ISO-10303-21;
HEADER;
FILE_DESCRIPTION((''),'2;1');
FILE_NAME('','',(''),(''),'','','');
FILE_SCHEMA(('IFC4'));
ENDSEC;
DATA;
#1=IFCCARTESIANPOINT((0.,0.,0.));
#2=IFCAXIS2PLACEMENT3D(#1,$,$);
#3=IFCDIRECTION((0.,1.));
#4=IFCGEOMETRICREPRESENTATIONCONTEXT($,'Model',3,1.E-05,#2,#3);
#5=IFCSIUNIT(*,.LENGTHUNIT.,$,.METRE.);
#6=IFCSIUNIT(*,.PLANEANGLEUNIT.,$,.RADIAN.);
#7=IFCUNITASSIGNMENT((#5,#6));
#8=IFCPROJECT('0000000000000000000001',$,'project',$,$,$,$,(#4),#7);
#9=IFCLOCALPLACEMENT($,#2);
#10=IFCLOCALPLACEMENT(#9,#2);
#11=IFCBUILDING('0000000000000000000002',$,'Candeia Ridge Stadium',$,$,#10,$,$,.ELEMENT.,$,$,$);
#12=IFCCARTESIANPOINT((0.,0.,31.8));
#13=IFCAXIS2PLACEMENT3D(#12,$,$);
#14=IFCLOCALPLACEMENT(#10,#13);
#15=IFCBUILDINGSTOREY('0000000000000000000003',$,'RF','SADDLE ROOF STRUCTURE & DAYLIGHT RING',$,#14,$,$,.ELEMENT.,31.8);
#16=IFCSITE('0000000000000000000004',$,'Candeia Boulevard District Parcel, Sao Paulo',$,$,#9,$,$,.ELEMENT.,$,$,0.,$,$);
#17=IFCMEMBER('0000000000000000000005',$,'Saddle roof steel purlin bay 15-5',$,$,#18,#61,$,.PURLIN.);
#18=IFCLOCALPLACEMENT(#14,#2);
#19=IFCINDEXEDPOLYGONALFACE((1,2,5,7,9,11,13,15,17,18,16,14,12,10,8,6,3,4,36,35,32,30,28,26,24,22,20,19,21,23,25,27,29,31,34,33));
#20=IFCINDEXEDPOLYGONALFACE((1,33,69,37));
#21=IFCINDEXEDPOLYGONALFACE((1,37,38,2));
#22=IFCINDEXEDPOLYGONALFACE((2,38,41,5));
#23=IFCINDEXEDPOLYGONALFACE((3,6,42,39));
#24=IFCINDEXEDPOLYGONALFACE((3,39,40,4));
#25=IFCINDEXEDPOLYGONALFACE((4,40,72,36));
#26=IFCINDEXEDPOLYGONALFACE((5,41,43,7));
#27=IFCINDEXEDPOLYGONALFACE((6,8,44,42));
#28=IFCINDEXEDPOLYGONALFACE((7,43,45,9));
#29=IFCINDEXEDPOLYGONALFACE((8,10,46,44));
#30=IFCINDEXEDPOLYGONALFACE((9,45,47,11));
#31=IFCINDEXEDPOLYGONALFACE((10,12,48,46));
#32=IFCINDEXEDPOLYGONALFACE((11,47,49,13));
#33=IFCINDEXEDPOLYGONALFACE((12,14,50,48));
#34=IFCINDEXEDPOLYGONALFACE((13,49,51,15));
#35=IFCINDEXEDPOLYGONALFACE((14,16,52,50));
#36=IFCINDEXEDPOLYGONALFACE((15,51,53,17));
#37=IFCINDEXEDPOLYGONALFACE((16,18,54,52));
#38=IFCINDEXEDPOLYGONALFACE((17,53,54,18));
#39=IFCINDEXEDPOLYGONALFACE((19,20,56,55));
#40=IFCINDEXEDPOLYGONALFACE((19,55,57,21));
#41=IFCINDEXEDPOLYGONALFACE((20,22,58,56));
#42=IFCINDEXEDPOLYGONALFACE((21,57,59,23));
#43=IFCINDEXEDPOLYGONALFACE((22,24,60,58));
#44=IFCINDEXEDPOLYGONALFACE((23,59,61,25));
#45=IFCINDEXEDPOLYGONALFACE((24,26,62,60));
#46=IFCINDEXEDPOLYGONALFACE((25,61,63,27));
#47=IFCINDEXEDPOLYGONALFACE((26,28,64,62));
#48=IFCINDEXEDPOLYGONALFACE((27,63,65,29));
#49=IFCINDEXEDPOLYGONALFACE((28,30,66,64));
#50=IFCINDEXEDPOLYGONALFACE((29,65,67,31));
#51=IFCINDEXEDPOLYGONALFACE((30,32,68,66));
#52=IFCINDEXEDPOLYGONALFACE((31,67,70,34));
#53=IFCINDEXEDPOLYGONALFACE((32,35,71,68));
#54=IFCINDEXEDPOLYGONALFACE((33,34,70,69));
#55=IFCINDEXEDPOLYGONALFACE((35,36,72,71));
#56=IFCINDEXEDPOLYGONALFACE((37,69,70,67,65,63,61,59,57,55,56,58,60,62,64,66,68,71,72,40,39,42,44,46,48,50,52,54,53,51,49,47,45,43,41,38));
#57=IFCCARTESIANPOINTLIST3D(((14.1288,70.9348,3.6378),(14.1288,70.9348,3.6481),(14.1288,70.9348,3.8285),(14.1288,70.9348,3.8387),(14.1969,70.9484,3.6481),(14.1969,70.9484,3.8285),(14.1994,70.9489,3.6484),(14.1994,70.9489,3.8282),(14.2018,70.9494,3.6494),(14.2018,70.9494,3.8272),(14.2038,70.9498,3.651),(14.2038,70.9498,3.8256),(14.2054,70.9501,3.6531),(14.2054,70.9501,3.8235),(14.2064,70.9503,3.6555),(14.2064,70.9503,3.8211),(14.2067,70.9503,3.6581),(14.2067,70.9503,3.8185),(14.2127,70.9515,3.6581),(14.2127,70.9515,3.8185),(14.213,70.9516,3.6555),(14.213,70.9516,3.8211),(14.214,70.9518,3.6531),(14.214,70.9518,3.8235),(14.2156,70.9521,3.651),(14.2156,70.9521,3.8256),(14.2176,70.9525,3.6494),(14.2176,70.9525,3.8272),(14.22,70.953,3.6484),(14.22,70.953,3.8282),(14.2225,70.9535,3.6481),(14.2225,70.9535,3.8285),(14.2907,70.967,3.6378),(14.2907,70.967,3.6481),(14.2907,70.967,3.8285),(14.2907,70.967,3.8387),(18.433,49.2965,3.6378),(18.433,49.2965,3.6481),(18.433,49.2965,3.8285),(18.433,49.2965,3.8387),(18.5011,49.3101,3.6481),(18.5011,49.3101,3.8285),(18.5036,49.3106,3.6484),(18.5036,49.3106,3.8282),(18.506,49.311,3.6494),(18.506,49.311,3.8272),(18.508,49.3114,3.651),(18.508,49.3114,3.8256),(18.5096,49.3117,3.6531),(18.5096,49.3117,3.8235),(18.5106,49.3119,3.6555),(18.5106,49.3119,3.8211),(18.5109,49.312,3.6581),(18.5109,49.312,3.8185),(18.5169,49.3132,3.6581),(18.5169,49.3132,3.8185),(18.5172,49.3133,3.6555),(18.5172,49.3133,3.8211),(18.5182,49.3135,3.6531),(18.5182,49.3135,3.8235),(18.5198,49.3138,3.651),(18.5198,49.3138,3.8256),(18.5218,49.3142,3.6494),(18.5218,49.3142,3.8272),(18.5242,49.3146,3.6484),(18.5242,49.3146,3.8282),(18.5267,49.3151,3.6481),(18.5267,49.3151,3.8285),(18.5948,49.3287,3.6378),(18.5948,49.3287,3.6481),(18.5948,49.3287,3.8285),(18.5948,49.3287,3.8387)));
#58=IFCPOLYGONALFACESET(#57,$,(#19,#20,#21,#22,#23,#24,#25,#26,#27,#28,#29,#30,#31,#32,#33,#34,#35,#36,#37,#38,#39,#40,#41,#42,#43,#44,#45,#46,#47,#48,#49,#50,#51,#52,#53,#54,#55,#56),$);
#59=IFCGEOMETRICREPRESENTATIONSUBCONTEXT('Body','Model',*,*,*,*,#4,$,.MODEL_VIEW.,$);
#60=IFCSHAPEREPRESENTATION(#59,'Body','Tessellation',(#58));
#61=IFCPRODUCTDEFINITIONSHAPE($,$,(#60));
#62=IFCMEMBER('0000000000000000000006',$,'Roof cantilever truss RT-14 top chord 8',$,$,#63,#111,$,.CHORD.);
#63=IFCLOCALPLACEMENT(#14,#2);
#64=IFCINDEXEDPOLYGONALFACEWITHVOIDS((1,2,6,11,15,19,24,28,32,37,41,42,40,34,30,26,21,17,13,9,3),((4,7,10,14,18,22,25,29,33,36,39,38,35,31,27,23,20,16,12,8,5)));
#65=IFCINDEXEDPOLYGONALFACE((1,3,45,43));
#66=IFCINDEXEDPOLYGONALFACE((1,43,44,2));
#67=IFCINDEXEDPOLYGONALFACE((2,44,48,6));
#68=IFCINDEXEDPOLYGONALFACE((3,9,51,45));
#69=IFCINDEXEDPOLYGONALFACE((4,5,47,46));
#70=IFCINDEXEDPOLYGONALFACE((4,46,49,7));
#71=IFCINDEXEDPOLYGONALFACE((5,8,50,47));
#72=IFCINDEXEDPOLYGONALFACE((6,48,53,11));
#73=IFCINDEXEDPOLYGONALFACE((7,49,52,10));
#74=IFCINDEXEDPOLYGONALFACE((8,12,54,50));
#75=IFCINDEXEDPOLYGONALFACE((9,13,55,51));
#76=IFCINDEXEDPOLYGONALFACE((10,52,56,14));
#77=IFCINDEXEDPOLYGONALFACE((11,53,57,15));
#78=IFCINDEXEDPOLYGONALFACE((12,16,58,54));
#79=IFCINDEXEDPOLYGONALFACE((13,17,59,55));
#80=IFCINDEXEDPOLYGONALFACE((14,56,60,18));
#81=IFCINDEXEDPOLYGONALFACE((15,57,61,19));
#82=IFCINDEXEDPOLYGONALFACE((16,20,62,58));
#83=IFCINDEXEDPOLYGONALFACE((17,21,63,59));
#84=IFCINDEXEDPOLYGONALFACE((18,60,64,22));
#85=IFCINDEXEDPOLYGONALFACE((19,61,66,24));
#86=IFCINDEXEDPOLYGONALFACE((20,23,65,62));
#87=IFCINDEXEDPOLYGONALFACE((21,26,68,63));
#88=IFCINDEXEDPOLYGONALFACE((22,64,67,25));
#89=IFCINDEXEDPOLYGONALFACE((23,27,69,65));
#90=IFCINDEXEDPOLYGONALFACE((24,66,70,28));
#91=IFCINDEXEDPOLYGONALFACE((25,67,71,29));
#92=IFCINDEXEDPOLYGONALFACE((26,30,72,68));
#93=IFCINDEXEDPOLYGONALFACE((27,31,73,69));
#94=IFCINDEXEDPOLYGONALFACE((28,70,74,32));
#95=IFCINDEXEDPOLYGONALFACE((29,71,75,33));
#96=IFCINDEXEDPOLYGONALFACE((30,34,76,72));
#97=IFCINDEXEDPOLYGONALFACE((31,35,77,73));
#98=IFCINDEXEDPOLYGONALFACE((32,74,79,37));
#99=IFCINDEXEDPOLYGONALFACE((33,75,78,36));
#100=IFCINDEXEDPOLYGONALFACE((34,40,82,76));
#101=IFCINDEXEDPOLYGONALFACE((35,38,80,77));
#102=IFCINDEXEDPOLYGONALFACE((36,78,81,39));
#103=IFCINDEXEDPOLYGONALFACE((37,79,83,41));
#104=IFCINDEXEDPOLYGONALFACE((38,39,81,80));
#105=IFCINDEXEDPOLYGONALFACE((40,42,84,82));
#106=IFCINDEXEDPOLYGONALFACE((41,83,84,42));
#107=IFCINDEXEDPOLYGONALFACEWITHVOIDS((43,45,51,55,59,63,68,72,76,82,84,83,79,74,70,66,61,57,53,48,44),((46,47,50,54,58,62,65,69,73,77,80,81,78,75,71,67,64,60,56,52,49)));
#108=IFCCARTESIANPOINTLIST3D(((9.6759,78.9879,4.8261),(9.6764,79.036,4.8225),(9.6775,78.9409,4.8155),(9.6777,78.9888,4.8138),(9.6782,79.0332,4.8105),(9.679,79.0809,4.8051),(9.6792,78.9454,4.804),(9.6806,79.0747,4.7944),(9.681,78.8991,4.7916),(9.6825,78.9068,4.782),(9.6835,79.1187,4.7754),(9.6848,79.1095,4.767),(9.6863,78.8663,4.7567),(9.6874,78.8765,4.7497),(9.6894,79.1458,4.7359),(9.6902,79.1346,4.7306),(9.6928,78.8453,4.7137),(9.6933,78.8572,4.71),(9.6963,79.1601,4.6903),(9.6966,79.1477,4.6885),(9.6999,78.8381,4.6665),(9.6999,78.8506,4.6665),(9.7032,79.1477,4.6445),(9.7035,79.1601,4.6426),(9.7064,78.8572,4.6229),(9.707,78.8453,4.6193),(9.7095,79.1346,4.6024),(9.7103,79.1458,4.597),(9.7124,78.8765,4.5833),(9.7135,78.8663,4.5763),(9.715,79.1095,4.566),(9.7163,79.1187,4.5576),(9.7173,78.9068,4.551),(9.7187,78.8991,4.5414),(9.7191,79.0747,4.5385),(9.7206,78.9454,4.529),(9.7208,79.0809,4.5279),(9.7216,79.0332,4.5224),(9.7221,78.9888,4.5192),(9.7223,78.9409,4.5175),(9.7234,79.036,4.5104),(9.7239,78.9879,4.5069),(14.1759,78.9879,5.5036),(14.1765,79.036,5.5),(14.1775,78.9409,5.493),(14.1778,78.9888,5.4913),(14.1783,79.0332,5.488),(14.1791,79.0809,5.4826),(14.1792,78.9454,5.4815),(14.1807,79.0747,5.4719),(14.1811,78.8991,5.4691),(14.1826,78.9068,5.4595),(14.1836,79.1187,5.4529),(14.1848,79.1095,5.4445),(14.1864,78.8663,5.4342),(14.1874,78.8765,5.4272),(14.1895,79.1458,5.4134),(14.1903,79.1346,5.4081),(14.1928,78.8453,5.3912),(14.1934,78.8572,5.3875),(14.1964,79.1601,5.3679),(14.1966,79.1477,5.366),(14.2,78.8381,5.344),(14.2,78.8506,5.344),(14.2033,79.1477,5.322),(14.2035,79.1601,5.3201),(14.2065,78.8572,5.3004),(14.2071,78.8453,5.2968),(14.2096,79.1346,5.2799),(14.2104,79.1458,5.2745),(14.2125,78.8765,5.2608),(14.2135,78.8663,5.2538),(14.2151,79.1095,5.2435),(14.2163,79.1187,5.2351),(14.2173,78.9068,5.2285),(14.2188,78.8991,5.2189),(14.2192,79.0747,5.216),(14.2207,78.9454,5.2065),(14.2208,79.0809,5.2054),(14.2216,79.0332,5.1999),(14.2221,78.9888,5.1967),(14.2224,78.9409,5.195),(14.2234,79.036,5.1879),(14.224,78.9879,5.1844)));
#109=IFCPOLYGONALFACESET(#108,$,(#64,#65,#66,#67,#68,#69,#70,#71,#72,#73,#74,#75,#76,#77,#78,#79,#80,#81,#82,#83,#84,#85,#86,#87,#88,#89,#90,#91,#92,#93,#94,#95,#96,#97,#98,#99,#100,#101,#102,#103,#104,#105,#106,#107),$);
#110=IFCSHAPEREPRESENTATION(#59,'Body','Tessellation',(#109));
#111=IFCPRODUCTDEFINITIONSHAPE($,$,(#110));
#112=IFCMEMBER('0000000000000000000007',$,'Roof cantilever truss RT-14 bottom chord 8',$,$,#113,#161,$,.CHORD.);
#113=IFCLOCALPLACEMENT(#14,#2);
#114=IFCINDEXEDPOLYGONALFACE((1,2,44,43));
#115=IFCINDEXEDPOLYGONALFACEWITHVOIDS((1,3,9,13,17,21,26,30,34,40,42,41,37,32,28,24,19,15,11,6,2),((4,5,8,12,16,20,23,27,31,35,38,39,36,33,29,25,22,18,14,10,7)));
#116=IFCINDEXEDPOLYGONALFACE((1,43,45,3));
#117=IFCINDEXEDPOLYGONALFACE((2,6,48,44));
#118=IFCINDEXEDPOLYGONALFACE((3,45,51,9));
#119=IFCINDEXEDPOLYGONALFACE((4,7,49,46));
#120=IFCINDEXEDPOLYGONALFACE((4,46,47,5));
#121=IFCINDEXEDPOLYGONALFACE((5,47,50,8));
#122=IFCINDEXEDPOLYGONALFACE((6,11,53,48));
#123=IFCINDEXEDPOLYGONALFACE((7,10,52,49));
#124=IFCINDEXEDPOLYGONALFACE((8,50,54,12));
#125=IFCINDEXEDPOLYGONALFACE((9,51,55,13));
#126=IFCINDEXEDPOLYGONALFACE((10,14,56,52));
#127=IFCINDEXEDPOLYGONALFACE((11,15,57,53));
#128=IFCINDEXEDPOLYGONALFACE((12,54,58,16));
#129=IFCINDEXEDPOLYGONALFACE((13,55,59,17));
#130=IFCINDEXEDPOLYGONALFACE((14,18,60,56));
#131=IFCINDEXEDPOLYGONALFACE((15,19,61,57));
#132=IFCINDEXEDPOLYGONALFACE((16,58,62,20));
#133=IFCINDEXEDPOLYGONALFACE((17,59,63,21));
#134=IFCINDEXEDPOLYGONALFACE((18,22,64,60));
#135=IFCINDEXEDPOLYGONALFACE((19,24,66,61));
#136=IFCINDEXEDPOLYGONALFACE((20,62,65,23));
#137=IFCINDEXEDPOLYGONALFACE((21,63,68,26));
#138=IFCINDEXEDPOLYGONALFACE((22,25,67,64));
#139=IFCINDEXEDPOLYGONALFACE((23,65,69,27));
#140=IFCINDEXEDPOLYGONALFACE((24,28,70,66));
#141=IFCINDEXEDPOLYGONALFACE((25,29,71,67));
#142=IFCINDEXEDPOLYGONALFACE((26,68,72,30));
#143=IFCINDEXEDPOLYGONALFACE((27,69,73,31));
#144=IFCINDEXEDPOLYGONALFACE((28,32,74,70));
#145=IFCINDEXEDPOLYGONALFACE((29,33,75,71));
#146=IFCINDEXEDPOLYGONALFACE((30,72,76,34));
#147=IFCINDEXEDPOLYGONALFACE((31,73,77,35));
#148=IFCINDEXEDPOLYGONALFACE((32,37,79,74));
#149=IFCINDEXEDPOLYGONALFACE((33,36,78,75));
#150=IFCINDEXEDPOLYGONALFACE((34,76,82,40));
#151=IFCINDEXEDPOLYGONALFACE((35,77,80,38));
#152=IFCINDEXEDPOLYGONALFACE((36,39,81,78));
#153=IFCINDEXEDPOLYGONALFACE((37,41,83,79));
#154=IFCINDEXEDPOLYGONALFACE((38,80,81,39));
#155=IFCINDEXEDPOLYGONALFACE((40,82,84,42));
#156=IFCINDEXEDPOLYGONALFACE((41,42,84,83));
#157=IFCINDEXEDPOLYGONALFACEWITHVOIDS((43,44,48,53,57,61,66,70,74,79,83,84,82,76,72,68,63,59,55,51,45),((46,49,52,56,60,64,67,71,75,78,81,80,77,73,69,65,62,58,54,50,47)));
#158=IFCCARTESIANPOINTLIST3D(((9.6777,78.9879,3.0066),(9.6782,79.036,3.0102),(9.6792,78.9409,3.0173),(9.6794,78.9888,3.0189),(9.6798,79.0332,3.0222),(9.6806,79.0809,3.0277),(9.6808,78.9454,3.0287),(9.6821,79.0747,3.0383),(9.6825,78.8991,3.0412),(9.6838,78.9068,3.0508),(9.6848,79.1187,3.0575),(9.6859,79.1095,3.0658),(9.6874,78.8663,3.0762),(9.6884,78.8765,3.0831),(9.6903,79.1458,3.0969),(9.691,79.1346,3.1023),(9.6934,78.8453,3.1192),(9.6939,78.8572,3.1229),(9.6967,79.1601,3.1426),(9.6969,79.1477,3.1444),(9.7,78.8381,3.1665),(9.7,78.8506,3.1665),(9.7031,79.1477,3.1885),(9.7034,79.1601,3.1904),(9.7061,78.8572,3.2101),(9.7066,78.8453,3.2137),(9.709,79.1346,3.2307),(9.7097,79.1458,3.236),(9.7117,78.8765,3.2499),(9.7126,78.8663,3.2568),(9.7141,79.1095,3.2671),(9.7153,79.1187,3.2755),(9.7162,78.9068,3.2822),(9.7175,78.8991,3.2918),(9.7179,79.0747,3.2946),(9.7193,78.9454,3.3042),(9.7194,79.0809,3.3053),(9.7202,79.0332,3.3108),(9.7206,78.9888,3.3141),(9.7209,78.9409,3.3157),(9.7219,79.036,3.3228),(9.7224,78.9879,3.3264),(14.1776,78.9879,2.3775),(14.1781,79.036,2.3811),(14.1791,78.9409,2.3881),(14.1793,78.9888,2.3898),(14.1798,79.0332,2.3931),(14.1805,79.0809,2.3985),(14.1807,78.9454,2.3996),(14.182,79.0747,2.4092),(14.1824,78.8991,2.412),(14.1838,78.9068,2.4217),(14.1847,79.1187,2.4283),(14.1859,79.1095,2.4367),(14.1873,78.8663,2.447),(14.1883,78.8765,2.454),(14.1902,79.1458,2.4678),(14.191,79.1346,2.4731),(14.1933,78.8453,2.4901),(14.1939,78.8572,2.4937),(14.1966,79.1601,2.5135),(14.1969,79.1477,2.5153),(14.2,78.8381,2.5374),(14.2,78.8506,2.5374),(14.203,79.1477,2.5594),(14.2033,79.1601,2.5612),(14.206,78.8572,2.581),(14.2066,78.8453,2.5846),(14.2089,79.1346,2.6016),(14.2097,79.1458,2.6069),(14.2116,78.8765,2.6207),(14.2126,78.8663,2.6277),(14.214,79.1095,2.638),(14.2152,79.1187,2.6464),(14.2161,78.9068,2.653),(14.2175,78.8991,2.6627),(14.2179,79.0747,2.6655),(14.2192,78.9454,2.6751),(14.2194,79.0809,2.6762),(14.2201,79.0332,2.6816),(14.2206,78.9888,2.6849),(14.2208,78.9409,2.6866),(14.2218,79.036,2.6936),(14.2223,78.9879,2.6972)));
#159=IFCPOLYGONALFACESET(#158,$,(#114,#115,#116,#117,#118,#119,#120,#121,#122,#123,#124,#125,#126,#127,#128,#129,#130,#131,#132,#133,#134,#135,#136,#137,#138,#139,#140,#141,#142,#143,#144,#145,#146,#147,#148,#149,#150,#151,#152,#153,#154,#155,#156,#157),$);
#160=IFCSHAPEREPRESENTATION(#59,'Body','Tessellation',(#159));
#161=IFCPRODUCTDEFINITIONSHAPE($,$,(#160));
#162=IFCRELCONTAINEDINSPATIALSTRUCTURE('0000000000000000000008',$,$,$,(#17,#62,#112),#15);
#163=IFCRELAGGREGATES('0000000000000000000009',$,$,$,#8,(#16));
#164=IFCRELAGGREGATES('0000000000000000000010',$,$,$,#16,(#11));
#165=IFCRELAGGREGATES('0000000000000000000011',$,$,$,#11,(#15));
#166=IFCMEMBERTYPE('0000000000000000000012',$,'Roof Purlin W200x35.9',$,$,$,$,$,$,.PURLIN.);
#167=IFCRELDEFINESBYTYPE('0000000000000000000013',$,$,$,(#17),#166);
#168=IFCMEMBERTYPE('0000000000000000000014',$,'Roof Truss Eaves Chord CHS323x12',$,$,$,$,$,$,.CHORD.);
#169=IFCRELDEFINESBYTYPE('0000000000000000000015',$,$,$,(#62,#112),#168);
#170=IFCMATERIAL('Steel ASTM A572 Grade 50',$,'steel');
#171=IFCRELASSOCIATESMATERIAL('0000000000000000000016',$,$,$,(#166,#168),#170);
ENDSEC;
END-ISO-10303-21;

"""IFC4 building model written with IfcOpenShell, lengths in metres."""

from ifc_helpers import new_model, si_unit, direction, frame, origin, origin_2d, place, context, subcontext, project, spatial, hollow_circle, i_section, extrude, material, material_profile, profile_set, type_object, element, save


model = new_model("IFC4")

# Units and contexts
model_context = context("Model", 3, precision=1e-05, world=origin(), true_north=direction((0.0, 1.0)))
body_context = subcontext(model_context, "Body", "Model", "MODEL_VIEW")
ifc_project = project(units=[si_unit("LENGTHUNIT", "METRE"), si_unit("PLANEANGLEUNIT", "RADIAN")], contexts=[model_context])

# Site, building, storey
site_placement = place(None, origin())
site = spatial("IfcSite", under=ifc_project, at=site_placement, Name="Candeia Boulevard District Parcel, Sao Paulo", CompositionType="ELEMENT", RefElevation=0.0)
building_placement = place(site_placement, origin())
building = spatial("IfcBuilding", under=site, at=building_placement, Name="Candeia Ridge Stadium", CompositionType="ELEMENT")
storey_placement = place(building_placement, frame((0.0, 0.0, 31.8)))
storey = spatial("IfcBuildingStorey", under=building, at=storey_placement, Name="RF", Description="SADDLE ROOF STRUCTURE & DAYLIGHT RING", CompositionType="ELEMENT", Elevation=31.8)

# Shared definitions
ifc_material_1 = material(Name="Steel ASTM A572 Grade 50", Category="steel")

# Members
ifc_material_profile_1 = material_profile(ifc_material_1, i_section(OverallWidth=0.165, OverallDepth=0.2009, WebThickness=0.0061, FlangeThickness=0.0103, FilletRadius=0.01, at=origin_2d()), Name="W200x35.9", Category="steel")
ifc_profile_set_1 = profile_set([ifc_material_profile_1], Name="Steel ASTM A572 Grade 50")
member_type_1 = type_object("IfcMemberType", Name="Roof Purlin W200x35.9", PredefinedType="PURLIN", material=ifc_profile_set_1)
member_1_placement = place(storey_placement, frame((14.2097, 70.9509, 3.7383), z_axis=(0.195092, -0.980785, 0.0), x_axis=(0.980785, 0.195092, 0.0)))
element("IfcMember", 1, at=member_1_placement, inside=storey, type_object=member_type_1, Name="Saddle roof steel purlin bay 15-5", PredefinedType="PURLIN", context=body_context, shape_type="SweptSolid", body=[
    extrude(i_section(OverallWidth=0.165, OverallDepth=0.2009, WebThickness=0.0061, FlangeThickness=0.0103, FilletRadius=0.01, at=origin_2d()), origin(), (0.0, 0.0, 1.0), 22.0623),
])
ifc_material_profile_2 = material_profile(ifc_material_1, hollow_circle(Radius=0.1619, WallThickness=0.0125, at=origin_2d()), Name="CHS323x12", Category="steel")
ifc_profile_set_2 = profile_set([ifc_material_profile_2], Name="Steel ASTM A572 Grade 50")
member_type_2 = type_object("IfcMemberType", Name="Roof Truss Eaves Chord CHS323x12", PredefinedType="CHORD", material=ifc_profile_set_2)
member_2_placement = place(storey_placement, frame((14.2, 79.0, 5.344), z_axis=(-0.988856, 0.0, -0.148876), x_axis=(0.0, -1.0, 0.0)))
element("IfcMember", 2, at=member_2_placement, inside=storey, type_object=member_type_2, Name="Roof cantilever truss RT-14 top chord 8", PredefinedType="CHORD", context=body_context, shape_type="SweptSolid", body=[
    extrude(hollow_circle(Radius=0.1619, WallThickness=0.0125, at=origin_2d()), origin(), (0.0, 0.0, 1.0), 4.5508),
])
member_3_placement = place(storey_placement, frame((14.2, 79.0, 2.5374), z_axis=(-0.990367, 0.0, 0.138464), x_axis=(0.0, -1.0, 0.0)))
element("IfcMember", 3, at=member_3_placement, inside=storey, type_object=member_type_2, Name="Roof cantilever truss RT-14 bottom chord 8", PredefinedType="CHORD", context=body_context, shape_type="SweptSolid", body=[
    extrude(hollow_circle(Radius=0.1619, WallThickness=0.0125, at=origin_2d()), origin(), (0.0, 0.0, 1.0), 4.5437),
])

save(model, "model.ifc")
